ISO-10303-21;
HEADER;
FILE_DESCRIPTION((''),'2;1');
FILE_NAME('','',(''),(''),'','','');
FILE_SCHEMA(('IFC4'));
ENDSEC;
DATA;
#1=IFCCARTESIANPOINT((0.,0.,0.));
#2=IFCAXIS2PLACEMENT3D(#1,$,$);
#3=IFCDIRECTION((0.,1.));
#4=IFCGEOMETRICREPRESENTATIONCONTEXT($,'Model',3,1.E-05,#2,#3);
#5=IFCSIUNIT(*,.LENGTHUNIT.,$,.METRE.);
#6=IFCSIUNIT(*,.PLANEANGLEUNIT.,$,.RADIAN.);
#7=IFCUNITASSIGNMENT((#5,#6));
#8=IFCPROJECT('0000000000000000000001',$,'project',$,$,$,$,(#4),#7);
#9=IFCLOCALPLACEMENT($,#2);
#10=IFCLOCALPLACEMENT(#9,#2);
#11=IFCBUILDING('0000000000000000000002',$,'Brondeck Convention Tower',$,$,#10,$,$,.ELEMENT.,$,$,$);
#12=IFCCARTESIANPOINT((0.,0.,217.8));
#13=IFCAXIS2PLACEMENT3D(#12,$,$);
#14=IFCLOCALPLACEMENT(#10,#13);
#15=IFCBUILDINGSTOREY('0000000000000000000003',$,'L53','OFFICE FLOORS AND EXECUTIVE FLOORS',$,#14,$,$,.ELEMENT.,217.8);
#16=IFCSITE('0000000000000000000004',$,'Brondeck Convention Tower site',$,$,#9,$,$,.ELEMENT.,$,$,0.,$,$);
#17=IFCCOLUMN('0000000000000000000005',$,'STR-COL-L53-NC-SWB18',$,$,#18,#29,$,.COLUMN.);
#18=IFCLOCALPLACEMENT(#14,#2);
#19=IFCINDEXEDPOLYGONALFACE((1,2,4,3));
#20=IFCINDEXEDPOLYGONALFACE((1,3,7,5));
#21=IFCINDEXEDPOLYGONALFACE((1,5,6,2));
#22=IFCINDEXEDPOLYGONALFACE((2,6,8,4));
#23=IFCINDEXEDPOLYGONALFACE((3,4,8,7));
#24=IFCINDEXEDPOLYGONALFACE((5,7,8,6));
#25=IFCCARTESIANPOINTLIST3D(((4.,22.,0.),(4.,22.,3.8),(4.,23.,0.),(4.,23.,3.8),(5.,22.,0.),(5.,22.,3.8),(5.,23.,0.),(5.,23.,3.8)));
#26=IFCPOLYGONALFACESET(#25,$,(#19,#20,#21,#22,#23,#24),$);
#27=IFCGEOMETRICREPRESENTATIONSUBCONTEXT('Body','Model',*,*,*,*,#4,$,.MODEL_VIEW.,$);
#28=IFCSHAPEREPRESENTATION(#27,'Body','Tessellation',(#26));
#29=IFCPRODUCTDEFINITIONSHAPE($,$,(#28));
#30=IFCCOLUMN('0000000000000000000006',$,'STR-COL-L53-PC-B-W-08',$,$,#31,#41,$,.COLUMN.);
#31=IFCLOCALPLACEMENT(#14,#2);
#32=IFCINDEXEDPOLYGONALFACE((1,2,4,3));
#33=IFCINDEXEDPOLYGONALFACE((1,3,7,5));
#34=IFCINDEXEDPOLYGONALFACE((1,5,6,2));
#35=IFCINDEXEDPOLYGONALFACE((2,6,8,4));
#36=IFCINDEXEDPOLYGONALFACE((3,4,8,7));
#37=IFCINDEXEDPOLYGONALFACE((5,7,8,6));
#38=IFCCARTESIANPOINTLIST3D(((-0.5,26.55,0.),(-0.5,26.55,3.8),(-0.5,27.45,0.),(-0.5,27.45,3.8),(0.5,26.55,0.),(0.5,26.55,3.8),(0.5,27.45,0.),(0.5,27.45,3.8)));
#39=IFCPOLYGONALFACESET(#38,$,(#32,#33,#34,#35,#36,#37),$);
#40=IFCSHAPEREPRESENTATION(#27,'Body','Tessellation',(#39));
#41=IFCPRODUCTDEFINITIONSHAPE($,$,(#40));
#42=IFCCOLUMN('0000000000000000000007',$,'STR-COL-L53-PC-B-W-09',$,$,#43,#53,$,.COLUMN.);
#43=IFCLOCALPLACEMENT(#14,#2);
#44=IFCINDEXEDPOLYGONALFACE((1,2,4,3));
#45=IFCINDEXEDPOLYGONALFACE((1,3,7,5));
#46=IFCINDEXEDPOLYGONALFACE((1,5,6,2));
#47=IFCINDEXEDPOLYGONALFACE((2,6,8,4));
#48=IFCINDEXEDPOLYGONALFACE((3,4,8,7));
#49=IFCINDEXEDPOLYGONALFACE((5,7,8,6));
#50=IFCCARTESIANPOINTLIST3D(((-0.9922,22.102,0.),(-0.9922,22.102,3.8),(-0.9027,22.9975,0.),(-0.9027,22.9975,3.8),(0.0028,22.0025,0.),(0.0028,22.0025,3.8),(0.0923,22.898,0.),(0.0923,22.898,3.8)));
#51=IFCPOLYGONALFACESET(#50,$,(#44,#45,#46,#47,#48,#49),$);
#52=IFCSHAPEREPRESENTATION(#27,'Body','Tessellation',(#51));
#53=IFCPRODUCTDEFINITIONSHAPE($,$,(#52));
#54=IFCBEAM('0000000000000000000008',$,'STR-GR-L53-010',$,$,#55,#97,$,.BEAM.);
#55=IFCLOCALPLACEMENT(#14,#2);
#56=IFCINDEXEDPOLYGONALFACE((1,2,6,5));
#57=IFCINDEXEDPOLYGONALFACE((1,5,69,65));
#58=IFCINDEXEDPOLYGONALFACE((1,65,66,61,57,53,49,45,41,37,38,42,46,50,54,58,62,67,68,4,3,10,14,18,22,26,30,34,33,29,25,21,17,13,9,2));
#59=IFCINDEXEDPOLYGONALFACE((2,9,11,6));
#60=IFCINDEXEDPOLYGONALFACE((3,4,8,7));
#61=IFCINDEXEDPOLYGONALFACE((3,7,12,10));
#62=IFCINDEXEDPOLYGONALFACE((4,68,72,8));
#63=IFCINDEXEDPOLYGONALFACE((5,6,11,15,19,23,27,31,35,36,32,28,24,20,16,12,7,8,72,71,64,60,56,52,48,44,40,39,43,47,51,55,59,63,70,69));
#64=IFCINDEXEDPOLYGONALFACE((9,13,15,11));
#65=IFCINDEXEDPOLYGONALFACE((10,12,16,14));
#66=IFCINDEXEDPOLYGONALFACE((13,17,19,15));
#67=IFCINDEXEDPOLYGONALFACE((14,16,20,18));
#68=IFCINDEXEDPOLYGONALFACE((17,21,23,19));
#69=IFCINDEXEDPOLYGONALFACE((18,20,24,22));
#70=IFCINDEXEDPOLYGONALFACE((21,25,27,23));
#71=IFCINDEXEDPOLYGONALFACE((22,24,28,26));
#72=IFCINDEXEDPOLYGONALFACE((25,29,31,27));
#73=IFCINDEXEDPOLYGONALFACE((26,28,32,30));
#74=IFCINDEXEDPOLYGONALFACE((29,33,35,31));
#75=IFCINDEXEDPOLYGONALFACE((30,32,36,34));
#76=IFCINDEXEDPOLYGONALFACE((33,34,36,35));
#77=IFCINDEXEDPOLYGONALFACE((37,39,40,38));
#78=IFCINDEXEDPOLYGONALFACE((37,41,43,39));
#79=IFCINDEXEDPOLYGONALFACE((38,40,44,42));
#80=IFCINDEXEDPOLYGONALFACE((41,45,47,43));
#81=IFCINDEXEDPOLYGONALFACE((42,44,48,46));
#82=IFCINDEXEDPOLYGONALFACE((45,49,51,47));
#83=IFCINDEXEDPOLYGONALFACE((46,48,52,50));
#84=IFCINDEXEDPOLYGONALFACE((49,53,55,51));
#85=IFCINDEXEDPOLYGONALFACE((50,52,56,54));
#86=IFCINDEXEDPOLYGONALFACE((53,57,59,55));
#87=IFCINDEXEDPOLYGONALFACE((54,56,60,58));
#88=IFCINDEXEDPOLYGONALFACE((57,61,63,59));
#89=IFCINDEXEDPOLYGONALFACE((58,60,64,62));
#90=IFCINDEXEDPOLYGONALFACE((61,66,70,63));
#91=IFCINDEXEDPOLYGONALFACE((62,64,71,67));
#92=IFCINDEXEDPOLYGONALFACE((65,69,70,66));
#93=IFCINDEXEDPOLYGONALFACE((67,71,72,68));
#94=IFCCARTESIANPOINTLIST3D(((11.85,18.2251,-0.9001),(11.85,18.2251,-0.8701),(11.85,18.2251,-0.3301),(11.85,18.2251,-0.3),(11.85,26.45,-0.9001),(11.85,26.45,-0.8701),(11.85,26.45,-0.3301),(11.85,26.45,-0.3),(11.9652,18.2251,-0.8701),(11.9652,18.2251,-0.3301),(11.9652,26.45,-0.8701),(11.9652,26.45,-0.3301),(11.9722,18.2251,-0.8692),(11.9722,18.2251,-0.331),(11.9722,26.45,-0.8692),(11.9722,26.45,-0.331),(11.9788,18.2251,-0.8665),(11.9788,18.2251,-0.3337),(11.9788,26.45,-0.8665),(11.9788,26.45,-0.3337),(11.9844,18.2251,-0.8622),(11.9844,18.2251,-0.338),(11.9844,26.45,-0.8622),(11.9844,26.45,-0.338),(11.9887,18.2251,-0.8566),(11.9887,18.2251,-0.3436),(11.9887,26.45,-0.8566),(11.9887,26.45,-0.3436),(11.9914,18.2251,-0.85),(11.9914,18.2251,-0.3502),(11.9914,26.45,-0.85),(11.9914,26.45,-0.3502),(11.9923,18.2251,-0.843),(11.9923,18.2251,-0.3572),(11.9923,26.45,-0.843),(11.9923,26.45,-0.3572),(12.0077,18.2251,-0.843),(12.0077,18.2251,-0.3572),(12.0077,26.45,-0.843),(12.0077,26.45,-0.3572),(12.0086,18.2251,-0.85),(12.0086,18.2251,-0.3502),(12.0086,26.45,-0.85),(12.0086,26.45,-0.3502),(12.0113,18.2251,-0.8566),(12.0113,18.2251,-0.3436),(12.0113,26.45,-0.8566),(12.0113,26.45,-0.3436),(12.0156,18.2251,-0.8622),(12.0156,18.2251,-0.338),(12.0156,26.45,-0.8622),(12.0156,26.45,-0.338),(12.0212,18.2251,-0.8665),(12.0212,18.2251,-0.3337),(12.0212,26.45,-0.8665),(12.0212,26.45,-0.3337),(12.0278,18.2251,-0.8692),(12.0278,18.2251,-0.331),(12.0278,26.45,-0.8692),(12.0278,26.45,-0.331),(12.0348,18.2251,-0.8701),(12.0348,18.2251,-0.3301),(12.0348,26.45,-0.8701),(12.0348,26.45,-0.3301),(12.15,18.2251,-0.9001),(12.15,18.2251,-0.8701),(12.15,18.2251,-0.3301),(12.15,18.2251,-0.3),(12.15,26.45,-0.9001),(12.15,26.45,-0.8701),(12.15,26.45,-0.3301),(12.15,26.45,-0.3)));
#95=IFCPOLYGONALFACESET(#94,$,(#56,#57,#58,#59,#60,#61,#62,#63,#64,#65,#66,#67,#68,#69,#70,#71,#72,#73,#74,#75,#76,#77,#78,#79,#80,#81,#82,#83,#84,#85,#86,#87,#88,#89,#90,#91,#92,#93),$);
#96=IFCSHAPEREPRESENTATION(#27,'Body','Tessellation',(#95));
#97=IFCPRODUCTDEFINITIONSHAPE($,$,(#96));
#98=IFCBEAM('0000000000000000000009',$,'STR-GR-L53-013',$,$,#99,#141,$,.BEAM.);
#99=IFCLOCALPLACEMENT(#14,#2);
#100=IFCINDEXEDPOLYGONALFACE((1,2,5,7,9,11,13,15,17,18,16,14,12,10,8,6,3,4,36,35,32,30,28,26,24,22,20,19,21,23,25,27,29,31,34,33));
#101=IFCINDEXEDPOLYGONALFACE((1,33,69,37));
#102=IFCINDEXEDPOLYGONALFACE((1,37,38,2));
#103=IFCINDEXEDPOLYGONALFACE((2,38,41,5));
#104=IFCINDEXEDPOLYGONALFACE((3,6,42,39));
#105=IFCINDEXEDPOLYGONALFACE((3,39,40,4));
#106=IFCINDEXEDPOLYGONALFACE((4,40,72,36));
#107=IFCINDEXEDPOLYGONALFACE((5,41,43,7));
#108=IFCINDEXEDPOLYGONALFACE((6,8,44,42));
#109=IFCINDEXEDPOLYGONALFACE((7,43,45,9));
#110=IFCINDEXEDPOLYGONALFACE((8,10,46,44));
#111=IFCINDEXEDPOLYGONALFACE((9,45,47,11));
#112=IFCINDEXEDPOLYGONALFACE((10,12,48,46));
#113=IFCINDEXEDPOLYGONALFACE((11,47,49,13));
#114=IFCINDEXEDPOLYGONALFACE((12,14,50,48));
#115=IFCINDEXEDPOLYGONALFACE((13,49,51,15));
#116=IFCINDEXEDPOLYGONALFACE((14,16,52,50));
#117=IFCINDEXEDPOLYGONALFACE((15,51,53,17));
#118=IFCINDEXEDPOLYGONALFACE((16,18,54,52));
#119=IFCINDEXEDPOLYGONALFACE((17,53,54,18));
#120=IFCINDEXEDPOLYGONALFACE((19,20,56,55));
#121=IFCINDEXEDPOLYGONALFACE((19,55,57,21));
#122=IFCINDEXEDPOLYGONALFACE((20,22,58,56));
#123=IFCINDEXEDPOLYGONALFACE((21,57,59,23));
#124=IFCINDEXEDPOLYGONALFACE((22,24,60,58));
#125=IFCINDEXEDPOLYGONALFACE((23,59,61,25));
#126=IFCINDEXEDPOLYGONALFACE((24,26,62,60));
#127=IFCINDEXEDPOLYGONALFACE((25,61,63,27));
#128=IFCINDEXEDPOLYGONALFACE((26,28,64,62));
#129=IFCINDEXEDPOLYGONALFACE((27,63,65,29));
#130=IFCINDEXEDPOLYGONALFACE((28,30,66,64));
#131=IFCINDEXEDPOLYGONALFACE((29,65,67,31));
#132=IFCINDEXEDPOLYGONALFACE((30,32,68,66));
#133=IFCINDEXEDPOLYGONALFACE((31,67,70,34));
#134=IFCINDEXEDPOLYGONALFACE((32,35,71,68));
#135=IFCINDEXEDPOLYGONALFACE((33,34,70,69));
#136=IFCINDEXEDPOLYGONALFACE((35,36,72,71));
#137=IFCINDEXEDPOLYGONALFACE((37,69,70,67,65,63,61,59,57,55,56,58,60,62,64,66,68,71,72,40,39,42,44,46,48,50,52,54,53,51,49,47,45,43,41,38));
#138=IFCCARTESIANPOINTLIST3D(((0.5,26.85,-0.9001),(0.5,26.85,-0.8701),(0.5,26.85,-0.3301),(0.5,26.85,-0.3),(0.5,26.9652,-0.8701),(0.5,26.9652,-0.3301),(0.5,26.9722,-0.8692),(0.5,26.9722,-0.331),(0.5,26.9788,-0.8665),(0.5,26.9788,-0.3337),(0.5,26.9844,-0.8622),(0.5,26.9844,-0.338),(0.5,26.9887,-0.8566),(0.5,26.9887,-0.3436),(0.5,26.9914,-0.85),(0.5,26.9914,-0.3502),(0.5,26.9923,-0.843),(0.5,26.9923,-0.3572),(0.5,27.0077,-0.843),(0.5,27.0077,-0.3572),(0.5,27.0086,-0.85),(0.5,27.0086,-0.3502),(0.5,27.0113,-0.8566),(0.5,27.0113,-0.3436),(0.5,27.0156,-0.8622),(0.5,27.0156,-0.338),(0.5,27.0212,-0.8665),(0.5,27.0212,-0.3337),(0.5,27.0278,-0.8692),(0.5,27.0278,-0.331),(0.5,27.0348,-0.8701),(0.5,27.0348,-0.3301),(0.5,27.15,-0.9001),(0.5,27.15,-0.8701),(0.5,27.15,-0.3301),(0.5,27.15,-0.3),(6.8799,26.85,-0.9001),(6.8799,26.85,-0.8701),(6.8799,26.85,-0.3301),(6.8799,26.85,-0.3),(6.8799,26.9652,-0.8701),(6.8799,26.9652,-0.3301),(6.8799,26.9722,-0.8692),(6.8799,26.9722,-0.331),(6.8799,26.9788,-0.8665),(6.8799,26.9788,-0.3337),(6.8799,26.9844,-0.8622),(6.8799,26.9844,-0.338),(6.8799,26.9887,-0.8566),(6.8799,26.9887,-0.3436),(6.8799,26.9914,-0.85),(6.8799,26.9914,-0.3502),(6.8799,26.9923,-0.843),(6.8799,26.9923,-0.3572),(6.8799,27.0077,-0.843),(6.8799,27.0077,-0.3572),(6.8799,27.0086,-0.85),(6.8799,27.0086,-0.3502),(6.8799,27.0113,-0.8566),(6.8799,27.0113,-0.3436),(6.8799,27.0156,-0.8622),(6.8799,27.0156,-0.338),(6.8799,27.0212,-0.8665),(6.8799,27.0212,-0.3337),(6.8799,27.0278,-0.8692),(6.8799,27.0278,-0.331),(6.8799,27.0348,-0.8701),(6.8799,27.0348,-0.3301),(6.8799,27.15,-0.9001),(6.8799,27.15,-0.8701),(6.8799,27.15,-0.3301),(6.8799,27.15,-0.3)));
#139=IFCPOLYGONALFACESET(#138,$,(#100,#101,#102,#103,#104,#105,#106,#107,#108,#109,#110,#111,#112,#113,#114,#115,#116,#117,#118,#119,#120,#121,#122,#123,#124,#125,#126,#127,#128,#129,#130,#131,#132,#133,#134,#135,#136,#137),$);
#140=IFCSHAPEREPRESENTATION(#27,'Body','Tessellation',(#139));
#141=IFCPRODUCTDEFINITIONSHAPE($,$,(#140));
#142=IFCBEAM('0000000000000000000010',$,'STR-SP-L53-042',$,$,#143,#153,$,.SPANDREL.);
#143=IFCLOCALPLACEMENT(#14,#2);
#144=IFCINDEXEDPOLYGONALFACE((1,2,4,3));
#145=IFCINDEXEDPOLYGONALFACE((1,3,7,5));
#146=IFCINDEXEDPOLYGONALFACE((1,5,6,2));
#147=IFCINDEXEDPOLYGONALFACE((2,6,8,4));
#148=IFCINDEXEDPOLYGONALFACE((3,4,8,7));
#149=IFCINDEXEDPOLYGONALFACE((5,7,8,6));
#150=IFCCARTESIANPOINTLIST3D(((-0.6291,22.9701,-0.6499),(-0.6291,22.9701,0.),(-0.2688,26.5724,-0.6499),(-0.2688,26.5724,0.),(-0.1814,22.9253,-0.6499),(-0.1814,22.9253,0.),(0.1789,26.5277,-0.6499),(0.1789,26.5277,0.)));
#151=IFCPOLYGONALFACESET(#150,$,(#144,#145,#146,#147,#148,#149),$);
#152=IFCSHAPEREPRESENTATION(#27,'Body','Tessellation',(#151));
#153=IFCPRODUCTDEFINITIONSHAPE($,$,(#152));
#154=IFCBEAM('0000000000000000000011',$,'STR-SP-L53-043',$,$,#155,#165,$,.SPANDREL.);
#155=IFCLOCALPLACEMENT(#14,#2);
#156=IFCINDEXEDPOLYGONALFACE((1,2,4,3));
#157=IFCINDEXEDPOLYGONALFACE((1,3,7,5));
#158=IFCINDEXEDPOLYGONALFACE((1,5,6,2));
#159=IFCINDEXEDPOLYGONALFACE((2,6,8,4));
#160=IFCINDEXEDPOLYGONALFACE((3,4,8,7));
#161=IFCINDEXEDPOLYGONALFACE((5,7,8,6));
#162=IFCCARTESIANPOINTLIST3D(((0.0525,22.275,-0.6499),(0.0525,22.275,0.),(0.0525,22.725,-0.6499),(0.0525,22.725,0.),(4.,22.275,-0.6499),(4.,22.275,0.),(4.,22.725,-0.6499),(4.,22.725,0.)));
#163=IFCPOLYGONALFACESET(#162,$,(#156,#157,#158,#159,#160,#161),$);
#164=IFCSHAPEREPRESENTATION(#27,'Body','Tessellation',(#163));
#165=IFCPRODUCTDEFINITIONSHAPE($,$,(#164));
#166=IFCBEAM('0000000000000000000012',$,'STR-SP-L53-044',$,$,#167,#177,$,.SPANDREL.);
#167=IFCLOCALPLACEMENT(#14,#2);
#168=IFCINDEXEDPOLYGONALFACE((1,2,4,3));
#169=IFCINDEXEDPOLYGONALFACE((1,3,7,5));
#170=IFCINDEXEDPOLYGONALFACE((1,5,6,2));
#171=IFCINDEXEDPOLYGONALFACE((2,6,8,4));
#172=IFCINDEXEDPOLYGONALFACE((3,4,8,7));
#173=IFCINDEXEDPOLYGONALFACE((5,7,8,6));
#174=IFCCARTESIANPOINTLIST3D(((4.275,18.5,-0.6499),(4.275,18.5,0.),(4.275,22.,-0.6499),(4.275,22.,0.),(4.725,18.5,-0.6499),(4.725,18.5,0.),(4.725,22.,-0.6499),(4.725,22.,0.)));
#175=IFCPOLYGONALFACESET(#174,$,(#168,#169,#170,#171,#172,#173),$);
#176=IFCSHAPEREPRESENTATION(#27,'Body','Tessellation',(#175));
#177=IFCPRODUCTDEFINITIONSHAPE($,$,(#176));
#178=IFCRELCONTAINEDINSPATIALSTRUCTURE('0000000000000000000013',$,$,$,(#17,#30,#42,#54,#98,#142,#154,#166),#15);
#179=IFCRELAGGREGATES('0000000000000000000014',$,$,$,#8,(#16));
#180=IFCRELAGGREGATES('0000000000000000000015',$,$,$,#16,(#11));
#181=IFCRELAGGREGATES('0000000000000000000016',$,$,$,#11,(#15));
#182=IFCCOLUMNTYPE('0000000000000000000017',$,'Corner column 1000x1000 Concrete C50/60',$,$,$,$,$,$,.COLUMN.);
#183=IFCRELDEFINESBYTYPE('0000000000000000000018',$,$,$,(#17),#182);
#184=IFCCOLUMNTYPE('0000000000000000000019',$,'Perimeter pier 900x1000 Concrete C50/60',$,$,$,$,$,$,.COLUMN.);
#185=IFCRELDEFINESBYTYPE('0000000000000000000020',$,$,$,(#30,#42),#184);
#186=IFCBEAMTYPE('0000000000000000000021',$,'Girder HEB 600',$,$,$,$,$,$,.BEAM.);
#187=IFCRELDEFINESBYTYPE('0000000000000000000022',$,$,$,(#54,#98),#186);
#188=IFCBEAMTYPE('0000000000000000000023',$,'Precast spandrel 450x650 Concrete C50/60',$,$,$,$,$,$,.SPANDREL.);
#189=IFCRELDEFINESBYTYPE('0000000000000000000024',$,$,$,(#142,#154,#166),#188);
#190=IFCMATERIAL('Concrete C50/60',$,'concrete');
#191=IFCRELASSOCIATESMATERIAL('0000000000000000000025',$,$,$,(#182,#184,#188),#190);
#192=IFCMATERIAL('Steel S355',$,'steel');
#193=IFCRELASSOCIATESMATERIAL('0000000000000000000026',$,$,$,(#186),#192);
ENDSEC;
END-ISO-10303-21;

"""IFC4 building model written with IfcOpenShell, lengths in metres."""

from ifc_helpers import new_model, si_unit, direction, frame, origin, origin_2d, place, context, subcontext, project, spatial, rectangle, i_section, extrude, material, material_profile, profile_set, type_object, element, save


model = new_model("IFC4")

# Units and contexts
model_context = context("Model", 3, precision=1e-05, world=origin(), true_north=direction((0.0, 1.0)))
body_context = subcontext(model_context, "Body", "Model", "MODEL_VIEW")
ifc_project = project(units=[si_unit("LENGTHUNIT", "METRE"), si_unit("PLANEANGLEUNIT", "RADIAN")], contexts=[model_context])

# Site, building, storey
site_placement = place(None, origin())
site = spatial("IfcSite", under=ifc_project, at=site_placement, Name="Brondeck Convention Tower site", CompositionType="ELEMENT", RefElevation=0.0)
building_placement = place(site_placement, origin())
building = spatial("IfcBuilding", under=site, at=building_placement, Name="Brondeck Convention Tower", CompositionType="ELEMENT")
storey_placement = place(building_placement, frame((0.0, 0.0, 217.8)))
storey = spatial("IfcBuildingStorey", under=building, at=storey_placement, Name="L53", Description="OFFICE FLOORS AND EXECUTIVE FLOORS", CompositionType="ELEMENT", Elevation=217.8)

# Columns
ifc_material_1 = material(Name="Concrete C50/60", Category="concrete")
ifc_material_profile_1 = material_profile(ifc_material_1, rectangle(XDim=1.0, YDim=1.0, at=origin_2d()), Name="Corner column 1000x1000 Concrete C50/60")
ifc_profile_set_1 = profile_set([ifc_material_profile_1], Name="Concrete C50/60")
column_type_1 = type_object("IfcColumnType", Name="Corner column 1000x1000 Concrete C50/60", PredefinedType="COLUMN", material=ifc_profile_set_1)
column_placement = place(storey_placement, frame((4.5, 22.5, 0.0), z_axis=(0.0, 0.0, 1.0), x_axis=(1.0, 0.0, 0.0)))
element("IfcColumn", 1, at=column_placement, inside=storey, type_object=column_type_1, Name="STR-COL-L53-NC-SWB18", PredefinedType="COLUMN", context=body_context, shape_type="SweptSolid", body=[
    extrude(rectangle(XDim=1.0, YDim=1.0, at=origin_2d()), origin(), (0.0, 0.0, 1.0), 3.8),
])
ifc_material_profile_2 = material_profile(ifc_material_1, rectangle(XDim=0.8999, YDim=1.0, at=origin_2d()), Name="Perimeter pier 900x1000 Concrete C50/60")
ifc_profile_set_2 = profile_set([ifc_material_profile_2], Name="Concrete C50/60")
column_type_2 = type_object("IfcColumnType", Name="Perimeter pier 900x1000 Concrete C50/60", PredefinedType="COLUMN", material=ifc_profile_set_2)
for number, where, z_axis, x_axis, name in (
    (2, (0.0, 27.0, 0.0), (0.0, 0.0, 1.0), (0.0, -1.0, 0.0), "STR-COL-L53-PC-B-W-08"),
    (3, (-0.45, 22.5, 0.0), (0.0, 0.0, 1.0), (-0.099504, -0.995037, 0.0), "STR-COL-L53-PC-B-W-09"),
):
    element("IfcColumn", number, at=place(storey_placement, frame(where, z_axis=z_axis, x_axis=x_axis)), inside=storey, type_object=column_type_2, Name=name, PredefinedType="COLUMN", context=body_context, shape_type="SweptSolid", body=[
        extrude(rectangle(XDim=0.8999, YDim=1.0, at=origin_2d()), origin(), (0.0, 0.0, 1.0), 3.8),
    ])

# Beams
ifc_material_2 = material(Name="Steel S355", Category="steel")
ifc_material_profile_3 = material_profile(ifc_material_2, i_section(OverallWidth=0.3, OverallDepth=0.6001, WebThickness=0.0154, FlangeThickness=0.03, FilletRadius=0.0271, at=origin_2d()), Name="HEB 600")
ifc_profile_set_3 = profile_set([ifc_material_profile_3], Name="Steel S355")
beam_type_1 = type_object("IfcBeamType", Name="Girder HEB 600", PredefinedType="BEAM", material=ifc_profile_set_3)
beam_1_placement = place(storey_placement, frame((12.0, 26.45, -0.6001), z_axis=(0.0, -1.0, 0.0), x_axis=(1.0, 0.0, 0.0)))
element("IfcBeam", 4, at=beam_1_placement, inside=storey, type_object=beam_type_1, Name="STR-GR-L53-010", PredefinedType="BEAM", context=body_context, shape_type="SweptSolid", body=[
    extrude(i_section(OverallWidth=0.3, OverallDepth=0.6001, WebThickness=0.0154, FlangeThickness=0.03, FilletRadius=0.0271, at=origin_2d()), origin(), (0.0, 0.0, 1.0), 8.2249),
])
beam_2_placement = place(storey_placement, frame((0.5, 27.0, -0.6001), z_axis=(1.0, 0.0, 0.0), x_axis=(0.0, 1.0, 0.0)))
element("IfcBeam", 5, at=beam_2_placement, inside=storey, type_object=beam_type_1, Name="STR-GR-L53-013", PredefinedType="BEAM", context=body_context, shape_type="SweptSolid", body=[
    extrude(i_section(OverallWidth=0.3, OverallDepth=0.6001, WebThickness=0.0154, FlangeThickness=0.03, FilletRadius=0.0271, at=origin_2d()), origin(), (0.0, 0.0, 1.0), 6.3799),
])
ifc_material_profile_4 = material_profile(ifc_material_1, rectangle(XDim=0.45, YDim=0.6499, at=origin_2d()), Name="Precast spandrel 450x650 Concrete C50/60")
ifc_profile_set_4 = profile_set([ifc_material_profile_4], Name="Concrete C50/60")
beam_type_2 = type_object("IfcBeamType", Name="Precast spandrel 450x650 Concrete C50/60", PredefinedType="SPANDREL", material=ifc_profile_set_4)
beam_3_placement = place(storey_placement, frame((-0.0449, 26.55, -0.325), z_axis=(-0.099537, -0.995034, 0.0), x_axis=(0.995034, -0.099537, 0.0)))
element("IfcBeam", 6, at=beam_3_placement, inside=storey, type_object=beam_type_2, Name="STR-SP-L53-042", PredefinedType="SPANDREL", context=body_context, shape_type="SweptSolid", body=[
    extrude(rectangle(XDim=0.45, YDim=0.6499, at=origin_2d()), origin(), (0.0, 0.0, 1.0), 3.6204),
])
beam_4_placement = place(storey_placement, frame((0.0525, 22.5, -0.325), z_axis=(1.0, 0.0, 0.0), x_axis=(0.0, 1.0, 0.0)))
element("IfcBeam", 7, at=beam_4_placement, inside=storey, type_object=beam_type_2, Name="STR-SP-L53-043", PredefinedType="SPANDREL", context=body_context, shape_type="SweptSolid", body=[
    extrude(rectangle(XDim=0.45, YDim=0.6499, at=origin_2d()), origin(), (0.0, 0.0, 1.0), 3.9475),
])
beam_5_placement = place(storey_placement, frame((4.5, 22.0, -0.325), z_axis=(0.0, -1.0, 0.0), x_axis=(1.0, 0.0, 0.0)))
element("IfcBeam", 8, at=beam_5_placement, inside=storey, type_object=beam_type_2, Name="STR-SP-L53-044", PredefinedType="SPANDREL", context=body_context, shape_type="SweptSolid", body=[
    extrude(rectangle(XDim=0.45, YDim=0.6499, at=origin_2d()), origin(), (0.0, 0.0, 1.0), 3.5),
])

save(model, "model.ifc")
